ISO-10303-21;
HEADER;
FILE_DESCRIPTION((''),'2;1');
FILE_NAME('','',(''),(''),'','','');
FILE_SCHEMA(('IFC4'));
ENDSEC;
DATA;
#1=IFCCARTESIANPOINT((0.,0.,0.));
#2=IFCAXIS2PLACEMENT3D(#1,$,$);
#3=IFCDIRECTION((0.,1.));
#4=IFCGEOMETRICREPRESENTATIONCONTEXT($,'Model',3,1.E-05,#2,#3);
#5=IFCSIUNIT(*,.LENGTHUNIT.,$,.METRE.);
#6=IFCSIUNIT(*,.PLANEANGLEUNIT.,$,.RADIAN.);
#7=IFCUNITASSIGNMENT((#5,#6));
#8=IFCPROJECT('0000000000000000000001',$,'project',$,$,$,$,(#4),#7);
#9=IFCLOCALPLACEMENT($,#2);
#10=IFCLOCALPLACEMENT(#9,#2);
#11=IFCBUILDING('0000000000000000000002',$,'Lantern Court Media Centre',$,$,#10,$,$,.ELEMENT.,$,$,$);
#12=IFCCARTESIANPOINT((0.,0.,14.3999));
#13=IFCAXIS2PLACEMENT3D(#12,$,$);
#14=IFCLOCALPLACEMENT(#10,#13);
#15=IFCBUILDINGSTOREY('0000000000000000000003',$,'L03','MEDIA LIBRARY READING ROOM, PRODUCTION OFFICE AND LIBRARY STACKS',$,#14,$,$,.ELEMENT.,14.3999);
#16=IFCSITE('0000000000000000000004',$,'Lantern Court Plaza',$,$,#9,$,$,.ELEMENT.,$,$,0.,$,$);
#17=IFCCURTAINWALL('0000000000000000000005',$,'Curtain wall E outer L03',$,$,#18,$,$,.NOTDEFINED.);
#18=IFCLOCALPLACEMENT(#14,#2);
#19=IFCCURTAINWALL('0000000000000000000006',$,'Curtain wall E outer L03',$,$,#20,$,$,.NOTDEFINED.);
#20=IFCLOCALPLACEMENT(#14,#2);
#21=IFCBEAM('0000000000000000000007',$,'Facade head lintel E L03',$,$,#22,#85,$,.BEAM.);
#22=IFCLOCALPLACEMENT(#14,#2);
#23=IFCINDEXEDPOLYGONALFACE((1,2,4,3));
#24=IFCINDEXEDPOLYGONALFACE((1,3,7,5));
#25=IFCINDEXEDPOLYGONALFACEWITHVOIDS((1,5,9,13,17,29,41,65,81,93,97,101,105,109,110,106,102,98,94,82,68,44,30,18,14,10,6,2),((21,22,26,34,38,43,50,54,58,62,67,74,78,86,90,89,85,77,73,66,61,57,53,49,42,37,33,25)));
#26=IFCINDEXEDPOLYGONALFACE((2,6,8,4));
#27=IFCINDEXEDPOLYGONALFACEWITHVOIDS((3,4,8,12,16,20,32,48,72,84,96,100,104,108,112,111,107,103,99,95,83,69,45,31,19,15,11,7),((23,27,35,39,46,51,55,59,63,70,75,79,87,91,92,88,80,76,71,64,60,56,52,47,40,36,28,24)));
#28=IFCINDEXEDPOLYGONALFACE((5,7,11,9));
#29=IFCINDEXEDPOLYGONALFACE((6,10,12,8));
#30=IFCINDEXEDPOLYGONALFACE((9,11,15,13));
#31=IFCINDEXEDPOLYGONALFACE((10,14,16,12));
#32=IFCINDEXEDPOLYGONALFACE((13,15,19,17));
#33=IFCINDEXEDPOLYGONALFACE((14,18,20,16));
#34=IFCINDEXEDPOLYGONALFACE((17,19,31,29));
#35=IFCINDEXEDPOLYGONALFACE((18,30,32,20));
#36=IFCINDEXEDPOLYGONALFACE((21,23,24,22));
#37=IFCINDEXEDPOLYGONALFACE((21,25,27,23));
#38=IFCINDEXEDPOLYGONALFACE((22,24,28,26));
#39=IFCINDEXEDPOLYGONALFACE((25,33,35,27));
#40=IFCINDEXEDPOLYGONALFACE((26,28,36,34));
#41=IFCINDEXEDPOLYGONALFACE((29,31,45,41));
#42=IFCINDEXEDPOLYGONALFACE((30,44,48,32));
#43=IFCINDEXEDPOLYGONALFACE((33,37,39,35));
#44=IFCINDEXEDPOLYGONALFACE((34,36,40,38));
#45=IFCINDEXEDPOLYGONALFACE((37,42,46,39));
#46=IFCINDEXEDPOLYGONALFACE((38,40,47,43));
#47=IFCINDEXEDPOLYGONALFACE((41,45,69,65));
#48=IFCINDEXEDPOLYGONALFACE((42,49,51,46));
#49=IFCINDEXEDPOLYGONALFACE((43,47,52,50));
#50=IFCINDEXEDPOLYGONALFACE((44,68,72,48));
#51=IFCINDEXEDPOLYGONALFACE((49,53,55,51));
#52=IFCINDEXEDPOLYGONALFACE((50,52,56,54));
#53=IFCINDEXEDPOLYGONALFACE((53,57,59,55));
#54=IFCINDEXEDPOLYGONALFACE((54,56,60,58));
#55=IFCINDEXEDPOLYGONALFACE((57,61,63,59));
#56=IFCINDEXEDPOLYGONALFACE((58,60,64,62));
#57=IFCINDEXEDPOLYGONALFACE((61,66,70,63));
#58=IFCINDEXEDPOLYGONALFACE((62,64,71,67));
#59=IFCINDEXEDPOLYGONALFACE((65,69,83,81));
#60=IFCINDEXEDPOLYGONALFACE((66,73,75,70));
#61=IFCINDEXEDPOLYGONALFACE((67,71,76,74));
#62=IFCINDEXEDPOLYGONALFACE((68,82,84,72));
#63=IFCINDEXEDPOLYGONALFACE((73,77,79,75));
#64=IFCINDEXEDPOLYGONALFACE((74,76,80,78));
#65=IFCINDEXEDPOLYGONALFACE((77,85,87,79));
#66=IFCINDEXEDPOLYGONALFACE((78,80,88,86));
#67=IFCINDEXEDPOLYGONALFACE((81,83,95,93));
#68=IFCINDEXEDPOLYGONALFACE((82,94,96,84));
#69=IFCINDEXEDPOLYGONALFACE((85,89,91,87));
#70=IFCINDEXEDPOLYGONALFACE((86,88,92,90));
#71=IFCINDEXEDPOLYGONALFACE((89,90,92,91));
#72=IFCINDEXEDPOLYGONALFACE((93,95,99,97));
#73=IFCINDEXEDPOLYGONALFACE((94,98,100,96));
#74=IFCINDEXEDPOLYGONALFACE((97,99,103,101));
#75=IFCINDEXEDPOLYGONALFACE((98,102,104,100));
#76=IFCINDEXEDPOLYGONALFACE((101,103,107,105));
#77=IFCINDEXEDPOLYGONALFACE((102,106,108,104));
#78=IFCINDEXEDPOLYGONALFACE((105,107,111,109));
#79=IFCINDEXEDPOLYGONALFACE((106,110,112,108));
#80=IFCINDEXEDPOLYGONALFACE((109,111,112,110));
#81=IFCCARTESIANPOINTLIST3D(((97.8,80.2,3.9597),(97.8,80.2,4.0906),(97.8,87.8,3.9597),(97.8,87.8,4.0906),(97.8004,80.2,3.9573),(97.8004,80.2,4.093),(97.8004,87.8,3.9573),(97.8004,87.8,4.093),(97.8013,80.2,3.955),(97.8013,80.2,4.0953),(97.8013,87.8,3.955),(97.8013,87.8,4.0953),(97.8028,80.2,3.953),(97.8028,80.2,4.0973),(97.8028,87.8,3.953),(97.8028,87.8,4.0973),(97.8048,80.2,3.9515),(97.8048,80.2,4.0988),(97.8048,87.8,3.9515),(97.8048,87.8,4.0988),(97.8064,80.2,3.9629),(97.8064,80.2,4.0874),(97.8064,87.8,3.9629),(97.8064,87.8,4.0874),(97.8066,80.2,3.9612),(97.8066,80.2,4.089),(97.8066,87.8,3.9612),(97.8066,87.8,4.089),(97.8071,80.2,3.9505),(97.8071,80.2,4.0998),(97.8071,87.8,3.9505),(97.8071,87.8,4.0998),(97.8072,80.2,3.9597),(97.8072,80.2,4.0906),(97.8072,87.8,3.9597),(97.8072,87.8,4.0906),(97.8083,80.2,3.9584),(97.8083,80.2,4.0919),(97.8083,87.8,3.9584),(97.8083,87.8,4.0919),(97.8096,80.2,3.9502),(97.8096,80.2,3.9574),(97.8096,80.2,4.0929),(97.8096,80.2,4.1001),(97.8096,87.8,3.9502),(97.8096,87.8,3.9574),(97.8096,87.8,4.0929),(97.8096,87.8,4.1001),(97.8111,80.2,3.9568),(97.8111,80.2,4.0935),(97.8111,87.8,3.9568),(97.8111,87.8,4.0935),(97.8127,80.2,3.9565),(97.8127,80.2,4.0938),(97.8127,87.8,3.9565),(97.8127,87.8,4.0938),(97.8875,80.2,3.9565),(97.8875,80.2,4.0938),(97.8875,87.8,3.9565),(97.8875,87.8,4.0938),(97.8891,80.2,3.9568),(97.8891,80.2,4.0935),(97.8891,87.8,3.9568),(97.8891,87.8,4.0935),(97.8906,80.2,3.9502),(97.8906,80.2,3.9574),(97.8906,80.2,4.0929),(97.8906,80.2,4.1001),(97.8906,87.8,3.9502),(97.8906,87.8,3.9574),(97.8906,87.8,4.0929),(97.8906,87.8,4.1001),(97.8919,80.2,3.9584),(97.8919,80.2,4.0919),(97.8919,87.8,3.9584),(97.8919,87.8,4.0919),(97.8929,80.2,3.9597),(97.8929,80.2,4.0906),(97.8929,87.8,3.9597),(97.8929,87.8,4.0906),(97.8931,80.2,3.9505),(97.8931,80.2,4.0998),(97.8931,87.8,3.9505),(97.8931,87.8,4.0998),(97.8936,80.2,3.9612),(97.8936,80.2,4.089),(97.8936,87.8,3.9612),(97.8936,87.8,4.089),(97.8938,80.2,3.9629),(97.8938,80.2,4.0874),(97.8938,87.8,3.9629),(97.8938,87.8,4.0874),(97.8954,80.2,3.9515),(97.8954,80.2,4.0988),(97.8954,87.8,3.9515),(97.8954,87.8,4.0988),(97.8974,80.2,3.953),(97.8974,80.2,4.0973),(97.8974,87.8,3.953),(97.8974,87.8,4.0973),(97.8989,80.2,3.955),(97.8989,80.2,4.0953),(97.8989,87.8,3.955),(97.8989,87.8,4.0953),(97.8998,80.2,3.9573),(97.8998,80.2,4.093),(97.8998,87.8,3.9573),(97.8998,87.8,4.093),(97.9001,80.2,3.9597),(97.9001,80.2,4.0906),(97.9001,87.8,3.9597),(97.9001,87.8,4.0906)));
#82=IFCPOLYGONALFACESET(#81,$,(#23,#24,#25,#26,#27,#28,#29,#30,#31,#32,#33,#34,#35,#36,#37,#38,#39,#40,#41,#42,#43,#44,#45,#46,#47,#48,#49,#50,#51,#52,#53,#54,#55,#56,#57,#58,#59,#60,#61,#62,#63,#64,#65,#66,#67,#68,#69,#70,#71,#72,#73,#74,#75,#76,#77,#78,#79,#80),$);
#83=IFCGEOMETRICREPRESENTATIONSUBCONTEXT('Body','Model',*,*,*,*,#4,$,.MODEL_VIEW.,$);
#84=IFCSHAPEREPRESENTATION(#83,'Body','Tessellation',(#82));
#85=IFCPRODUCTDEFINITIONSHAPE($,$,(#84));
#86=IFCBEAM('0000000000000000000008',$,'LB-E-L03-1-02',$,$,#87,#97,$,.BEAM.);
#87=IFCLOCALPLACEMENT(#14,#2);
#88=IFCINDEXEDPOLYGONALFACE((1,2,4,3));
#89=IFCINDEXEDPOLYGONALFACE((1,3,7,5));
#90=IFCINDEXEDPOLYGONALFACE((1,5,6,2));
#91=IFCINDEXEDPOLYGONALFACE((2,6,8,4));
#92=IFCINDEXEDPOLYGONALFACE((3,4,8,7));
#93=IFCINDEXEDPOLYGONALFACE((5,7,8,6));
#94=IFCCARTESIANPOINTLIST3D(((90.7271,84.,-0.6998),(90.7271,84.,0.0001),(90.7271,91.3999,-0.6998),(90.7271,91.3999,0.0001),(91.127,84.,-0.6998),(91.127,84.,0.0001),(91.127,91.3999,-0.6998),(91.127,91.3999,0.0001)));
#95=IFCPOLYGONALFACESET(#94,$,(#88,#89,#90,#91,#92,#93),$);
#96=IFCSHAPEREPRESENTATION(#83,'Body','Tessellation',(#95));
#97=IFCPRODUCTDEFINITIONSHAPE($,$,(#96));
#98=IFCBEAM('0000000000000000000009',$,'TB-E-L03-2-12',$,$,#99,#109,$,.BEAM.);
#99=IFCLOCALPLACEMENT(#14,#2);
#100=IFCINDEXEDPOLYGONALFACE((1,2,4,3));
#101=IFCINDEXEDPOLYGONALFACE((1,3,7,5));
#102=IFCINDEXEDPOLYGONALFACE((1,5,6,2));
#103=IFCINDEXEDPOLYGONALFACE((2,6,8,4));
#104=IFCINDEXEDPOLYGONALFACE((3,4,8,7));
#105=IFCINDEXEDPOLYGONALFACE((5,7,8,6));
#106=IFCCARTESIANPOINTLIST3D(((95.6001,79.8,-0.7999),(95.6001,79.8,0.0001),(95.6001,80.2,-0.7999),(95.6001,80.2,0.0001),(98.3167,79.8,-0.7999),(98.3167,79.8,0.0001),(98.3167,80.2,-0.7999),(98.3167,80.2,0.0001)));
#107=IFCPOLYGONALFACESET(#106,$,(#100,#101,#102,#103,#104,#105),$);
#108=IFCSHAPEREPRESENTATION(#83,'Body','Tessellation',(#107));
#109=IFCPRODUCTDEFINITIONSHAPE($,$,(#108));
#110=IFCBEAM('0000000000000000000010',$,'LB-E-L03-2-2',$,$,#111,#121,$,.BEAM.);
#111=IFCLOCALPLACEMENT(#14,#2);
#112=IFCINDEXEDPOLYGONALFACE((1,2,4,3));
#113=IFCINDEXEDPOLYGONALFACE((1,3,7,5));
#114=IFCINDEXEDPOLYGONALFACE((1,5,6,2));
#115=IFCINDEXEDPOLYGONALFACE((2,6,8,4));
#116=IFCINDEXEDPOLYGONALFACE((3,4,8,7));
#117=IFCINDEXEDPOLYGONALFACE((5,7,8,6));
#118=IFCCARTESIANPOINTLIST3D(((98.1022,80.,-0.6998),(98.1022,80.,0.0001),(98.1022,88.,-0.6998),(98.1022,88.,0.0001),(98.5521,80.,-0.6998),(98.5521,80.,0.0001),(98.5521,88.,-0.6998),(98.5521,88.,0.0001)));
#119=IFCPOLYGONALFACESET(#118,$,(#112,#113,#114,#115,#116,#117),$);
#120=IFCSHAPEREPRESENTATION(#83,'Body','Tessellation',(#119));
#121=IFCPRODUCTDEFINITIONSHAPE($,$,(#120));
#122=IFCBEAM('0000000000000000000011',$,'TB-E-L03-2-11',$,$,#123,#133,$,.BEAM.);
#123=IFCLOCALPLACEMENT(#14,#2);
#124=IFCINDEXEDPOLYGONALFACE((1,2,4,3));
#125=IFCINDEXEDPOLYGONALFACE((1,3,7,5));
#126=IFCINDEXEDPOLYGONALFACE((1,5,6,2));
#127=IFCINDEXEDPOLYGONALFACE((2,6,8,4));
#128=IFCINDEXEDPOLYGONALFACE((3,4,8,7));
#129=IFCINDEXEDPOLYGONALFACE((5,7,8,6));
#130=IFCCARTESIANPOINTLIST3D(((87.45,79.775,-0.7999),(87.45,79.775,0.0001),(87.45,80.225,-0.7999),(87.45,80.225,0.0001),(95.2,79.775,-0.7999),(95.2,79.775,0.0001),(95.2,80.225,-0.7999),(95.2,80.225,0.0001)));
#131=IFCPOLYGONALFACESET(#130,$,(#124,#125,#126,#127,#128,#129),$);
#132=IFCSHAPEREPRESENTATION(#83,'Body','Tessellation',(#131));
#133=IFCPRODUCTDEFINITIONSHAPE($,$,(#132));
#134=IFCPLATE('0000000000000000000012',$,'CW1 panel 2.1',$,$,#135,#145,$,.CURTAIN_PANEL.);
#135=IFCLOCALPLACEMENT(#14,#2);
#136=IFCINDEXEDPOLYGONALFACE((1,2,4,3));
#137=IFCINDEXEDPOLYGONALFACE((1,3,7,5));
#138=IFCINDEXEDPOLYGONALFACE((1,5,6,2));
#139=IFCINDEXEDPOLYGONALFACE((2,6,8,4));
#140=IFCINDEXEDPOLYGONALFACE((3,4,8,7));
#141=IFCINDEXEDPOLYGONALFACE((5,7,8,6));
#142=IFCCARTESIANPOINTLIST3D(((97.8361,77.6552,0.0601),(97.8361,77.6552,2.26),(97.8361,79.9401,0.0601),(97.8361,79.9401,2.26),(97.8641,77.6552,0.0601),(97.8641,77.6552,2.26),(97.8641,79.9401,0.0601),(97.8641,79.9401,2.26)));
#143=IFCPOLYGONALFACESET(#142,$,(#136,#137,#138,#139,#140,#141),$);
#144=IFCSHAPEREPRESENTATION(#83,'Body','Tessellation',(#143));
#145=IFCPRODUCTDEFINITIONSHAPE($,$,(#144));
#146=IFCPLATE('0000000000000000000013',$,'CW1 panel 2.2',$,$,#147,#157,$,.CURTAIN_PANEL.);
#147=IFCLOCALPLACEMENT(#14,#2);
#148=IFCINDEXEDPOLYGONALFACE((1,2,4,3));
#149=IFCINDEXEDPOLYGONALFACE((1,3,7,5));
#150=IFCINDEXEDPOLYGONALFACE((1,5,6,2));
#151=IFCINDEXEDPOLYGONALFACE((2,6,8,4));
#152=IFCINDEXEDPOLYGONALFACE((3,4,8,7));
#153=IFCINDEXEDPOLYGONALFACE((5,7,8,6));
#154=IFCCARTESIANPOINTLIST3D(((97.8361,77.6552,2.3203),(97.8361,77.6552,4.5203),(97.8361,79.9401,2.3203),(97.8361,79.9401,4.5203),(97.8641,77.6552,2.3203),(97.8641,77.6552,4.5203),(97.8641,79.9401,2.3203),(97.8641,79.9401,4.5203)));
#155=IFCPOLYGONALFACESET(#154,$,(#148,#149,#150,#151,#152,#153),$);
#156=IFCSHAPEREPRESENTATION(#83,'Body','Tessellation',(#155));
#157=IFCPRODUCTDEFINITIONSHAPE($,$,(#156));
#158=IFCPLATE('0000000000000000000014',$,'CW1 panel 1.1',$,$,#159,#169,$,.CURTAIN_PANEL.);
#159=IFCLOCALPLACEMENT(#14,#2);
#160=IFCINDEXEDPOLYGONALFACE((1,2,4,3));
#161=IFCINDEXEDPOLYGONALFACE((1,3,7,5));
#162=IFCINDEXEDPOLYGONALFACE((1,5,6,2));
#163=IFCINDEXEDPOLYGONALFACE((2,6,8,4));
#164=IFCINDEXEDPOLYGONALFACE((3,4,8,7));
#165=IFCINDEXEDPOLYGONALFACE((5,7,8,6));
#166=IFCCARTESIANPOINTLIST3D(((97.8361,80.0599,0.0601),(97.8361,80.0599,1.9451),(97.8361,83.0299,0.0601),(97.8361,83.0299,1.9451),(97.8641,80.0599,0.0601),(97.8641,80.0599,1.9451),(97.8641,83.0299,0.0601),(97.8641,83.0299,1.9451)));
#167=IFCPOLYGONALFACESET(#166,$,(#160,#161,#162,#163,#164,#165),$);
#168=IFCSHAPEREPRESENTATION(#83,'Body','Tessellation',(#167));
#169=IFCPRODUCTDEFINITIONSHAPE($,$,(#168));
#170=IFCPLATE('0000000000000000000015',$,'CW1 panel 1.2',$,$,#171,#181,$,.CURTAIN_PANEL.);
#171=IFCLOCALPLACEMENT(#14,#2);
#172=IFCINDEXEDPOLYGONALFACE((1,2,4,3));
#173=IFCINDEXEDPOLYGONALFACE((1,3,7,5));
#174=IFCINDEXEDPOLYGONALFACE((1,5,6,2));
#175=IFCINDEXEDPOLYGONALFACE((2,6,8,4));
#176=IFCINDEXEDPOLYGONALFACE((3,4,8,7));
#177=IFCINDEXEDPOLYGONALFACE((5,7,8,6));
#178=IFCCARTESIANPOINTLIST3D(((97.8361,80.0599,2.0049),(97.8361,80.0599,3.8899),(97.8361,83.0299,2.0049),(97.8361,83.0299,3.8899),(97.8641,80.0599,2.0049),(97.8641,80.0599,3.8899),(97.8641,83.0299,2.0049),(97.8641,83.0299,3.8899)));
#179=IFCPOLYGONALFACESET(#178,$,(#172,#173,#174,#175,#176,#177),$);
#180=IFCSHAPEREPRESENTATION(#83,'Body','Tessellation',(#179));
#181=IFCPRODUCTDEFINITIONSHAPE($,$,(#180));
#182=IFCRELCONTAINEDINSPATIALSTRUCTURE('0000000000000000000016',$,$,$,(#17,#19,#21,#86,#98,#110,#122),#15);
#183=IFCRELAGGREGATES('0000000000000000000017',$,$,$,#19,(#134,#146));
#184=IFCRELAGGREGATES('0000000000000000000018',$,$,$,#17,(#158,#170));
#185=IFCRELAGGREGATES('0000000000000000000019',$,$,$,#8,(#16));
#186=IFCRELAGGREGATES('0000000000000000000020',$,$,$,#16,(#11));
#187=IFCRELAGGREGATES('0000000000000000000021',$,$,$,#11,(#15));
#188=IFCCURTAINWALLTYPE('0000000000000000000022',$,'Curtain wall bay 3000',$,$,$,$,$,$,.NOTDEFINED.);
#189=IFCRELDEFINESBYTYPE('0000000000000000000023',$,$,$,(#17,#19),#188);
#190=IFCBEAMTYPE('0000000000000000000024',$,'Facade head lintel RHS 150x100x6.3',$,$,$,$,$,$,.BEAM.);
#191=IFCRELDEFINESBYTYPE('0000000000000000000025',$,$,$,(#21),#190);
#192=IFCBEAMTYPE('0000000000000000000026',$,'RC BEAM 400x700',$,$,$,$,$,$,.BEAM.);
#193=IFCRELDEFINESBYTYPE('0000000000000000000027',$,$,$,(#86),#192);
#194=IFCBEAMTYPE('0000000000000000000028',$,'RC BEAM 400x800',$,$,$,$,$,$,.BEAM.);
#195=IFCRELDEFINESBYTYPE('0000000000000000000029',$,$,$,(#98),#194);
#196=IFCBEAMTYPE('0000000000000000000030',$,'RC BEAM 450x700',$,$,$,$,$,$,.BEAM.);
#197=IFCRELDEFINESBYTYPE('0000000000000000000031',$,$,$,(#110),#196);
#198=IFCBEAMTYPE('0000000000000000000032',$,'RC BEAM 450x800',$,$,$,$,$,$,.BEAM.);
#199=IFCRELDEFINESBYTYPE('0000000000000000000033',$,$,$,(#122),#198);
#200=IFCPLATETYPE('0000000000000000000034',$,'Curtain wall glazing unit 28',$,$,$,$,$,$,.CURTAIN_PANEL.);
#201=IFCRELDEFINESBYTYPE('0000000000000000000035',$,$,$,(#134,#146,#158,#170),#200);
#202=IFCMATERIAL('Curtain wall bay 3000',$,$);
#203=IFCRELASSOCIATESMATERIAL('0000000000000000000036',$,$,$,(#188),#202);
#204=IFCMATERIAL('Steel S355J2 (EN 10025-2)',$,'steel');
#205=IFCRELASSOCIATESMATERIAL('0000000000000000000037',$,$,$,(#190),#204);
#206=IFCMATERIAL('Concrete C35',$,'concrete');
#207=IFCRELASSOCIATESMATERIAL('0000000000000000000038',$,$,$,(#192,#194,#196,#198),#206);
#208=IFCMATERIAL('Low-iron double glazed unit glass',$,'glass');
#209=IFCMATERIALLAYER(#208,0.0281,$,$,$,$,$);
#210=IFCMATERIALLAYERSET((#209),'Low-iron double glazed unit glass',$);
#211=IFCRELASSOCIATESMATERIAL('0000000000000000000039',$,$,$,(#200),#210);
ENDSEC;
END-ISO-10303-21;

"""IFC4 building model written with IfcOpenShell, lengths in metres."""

from ifc_helpers import new_model, si_unit, direction, frame, origin, origin_2d, place, context, subcontext, project, spatial, rectangle, hollow_rectangle, extrude, material, layer, layer_set, material_profile, profile_set, type_object, element, aggregate, save


model = new_model("IFC4")

# Units and contexts
model_context = context("Model", 3, precision=1e-05, world=origin(), true_north=direction((0.0, 1.0)))
body_context = subcontext(model_context, "Body", "Model", "MODEL_VIEW")
ifc_project = project(units=[si_unit("LENGTHUNIT", "METRE"), si_unit("PLANEANGLEUNIT", "RADIAN")], contexts=[model_context])

# Site, building, storey
site_placement = place(None, origin())
site = spatial("IfcSite", under=ifc_project, at=site_placement, Name="Lantern Court Plaza", CompositionType="ELEMENT", RefElevation=0.0)
building_placement = place(site_placement, origin())
building = spatial("IfcBuilding", under=site, at=building_placement, Name="Lantern Court Media Centre", CompositionType="ELEMENT")
storey_placement = place(building_placement, frame((0.0, 0.0, 14.3999)))
storey = spatial("IfcBuildingStorey", under=building, at=storey_placement, Name="L03", Description="MEDIA LIBRARY READING ROOM, PRODUCTION OFFICE AND LIBRARY STACKS", CompositionType="ELEMENT", Elevation=14.3999)

# Shared definitions
ifc_material_1 = material(Name="Concrete C35", Category="concrete")

# Curtain walls
ifc_material_2 = material(Name="Curtain wall bay 3000")
curtain_wall_type = type_object("IfcCurtainWallType", Name="Curtain wall bay 3000", PredefinedType="NOTDEFINED", material=ifc_material_2)
curtain_wall_1_placement = place(storey_placement, origin())
curtain_wall_1 = element("IfcCurtainWall", 1, at=curtain_wall_1_placement, inside=storey, type_object=curtain_wall_type, Name="Curtain wall E outer L03", PredefinedType="NOTDEFINED")
curtain_wall_2_placement = place(storey_placement, origin())
curtain_wall_2 = element("IfcCurtainWall", 2, at=curtain_wall_2_placement, inside=storey, type_object=curtain_wall_type, Name="Curtain wall E outer L03", PredefinedType="NOTDEFINED")

# Beams
ifc_material_3 = material(Name="Steel S355J2 (EN 10025-2)", Category="steel")
ifc_material_profile_1 = material_profile(ifc_material_3, hollow_rectangle(XDim=0.1001, YDim=0.1499, WallThickness=0.0063, InnerFilletRadius=0.0063, OuterFilletRadius=0.0095, at=origin_2d()), Name="Facade head lintel RHS 150x100x6.3")
ifc_profile_set_1 = profile_set([ifc_material_profile_1], Name="Steel S355J2 (EN 10025-2)")
beam_type_1 = type_object("IfcBeamType", Name="Facade head lintel RHS 150x100x6.3", PredefinedType="BEAM", material=ifc_profile_set_1)
beam_1_placement = place(storey_placement, frame((97.8501, 80.2, 4.0251), z_axis=(0.0, 1.0, 0.0), x_axis=(-1.0, 0.0, 0.0)))
element("IfcBeam", 3, at=beam_1_placement, inside=storey, type_object=beam_type_1, Name="Facade head lintel E L03", PredefinedType="BEAM", context=body_context, shape_type="SweptSolid", body=[
    extrude(hollow_rectangle(XDim=0.1001, YDim=0.1499, WallThickness=0.0063, InnerFilletRadius=0.0063, OuterFilletRadius=0.0095, at=origin_2d()), origin(), (0.0, 0.0, 1.0), 7.6001),
])
ifc_material_profile_2 = material_profile(ifc_material_1, rectangle(XDim=0.3999, YDim=0.7, at=origin_2d()), Name="RC 400x700")
ifc_profile_set_2 = profile_set([ifc_material_profile_2], Name="Concrete C35")
beam_type_2 = type_object("IfcBeamType", Name="RC BEAM 400x700", PredefinedType="BEAM", material=ifc_profile_set_2)
beam_2_placement = place(storey_placement, frame((90.927, 84.0, -0.3499), z_axis=(0.0, 1.0, 0.0), x_axis=(-1.0, 0.0, 0.0)))
element("IfcBeam", 4, at=beam_2_placement, inside=storey, type_object=beam_type_2, Name="LB-E-L03-1-02", PredefinedType="BEAM", context=body_context, shape_type="SweptSolid", body=[
    extrude(rectangle(XDim=0.3999, YDim=0.7, at=origin_2d()), origin(), (0.0, 0.0, 1.0), 7.3999),
])
ifc_material_profile_3 = material_profile(ifc_material_1, rectangle(XDim=0.3999, YDim=0.8, at=origin_2d()), Name="RC 400x800")
ifc_profile_set_3 = profile_set([ifc_material_profile_3], Name="Concrete C35")
beam_type_3 = type_object("IfcBeamType", Name="RC BEAM 400x800", PredefinedType="BEAM", material=ifc_profile_set_3)
beam_3_placement = place(storey_placement, frame((95.6001, 80.0, -0.3999), z_axis=(1.0, 0.0, 0.0), x_axis=(0.0, 1.0, 0.0)))
element("IfcBeam", 5, at=beam_3_placement, inside=storey, type_object=beam_type_3, Name="TB-E-L03-2-12", PredefinedType="BEAM", context=body_context, shape_type="SweptSolid", body=[
    extrude(rectangle(XDim=0.3999, YDim=0.8, at=origin_2d()), origin(), (0.0, 0.0, 1.0), 2.7166),
])
ifc_material_profile_4 = material_profile(ifc_material_1, rectangle(XDim=0.45, YDim=0.7, at=origin_2d()), Name="RC 450x700")
ifc_profile_set_4 = profile_set([ifc_material_profile_4], Name="Concrete C35")
beam_type_4 = type_object("IfcBeamType", Name="RC BEAM 450x700", PredefinedType="BEAM", material=ifc_profile_set_4)
beam_4_placement = place(storey_placement, frame((98.3271, 80.0, -0.3499), z_axis=(0.0, 1.0, 0.0), x_axis=(-1.0, 0.0, 0.0)))
element("IfcBeam", 6, at=beam_4_placement, inside=storey, type_object=beam_type_4, Name="LB-E-L03-2-2", PredefinedType="BEAM", context=body_context, shape_type="SweptSolid", body=[
    extrude(rectangle(XDim=0.45, YDim=0.7, at=origin_2d()), origin(), (0.0, 0.0, 1.0), 8.0),
])
ifc_material_profile_5 = material_profile(ifc_material_1, rectangle(XDim=0.45, YDim=0.8, at=origin_2d()), Name="RC 450x800")
ifc_profile_set_5 = profile_set([ifc_material_profile_5], Name="Concrete C35")
beam_type_5 = type_object("IfcBeamType", Name="RC BEAM 450x800", PredefinedType="BEAM", material=ifc_profile_set_5)
beam_5_placement = place(storey_placement, frame((87.45, 80.0, -0.3999), z_axis=(1.0, 0.0, 0.0), x_axis=(0.0, 1.0, 0.0)))
element("IfcBeam", 7, at=beam_5_placement, inside=storey, type_object=beam_type_5, Name="TB-E-L03-2-11", PredefinedType="BEAM", context=body_context, shape_type="SweptSolid", body=[
    extrude(rectangle(XDim=0.45, YDim=0.8, at=origin_2d()), origin(), (0.0, 0.0, 1.0), 7.75),
])

# Plates
ifc_material_4 = material(Name="Low-iron double glazed unit glass", Category="glass")
ifc_layer_1 = layer(ifc_material_4, 0.0281)
ifc_layer_set_1 = layer_set([ifc_layer_1], Name="Low-iron double glazed unit glass")
plate_type = type_object("IfcPlateType", Name="Curtain wall glazing unit 28", PredefinedType="CURTAIN_PANEL", material=ifc_layer_set_1)
plate_1_placement = place(storey_placement, frame((97.8501, 78.7976, 0.0601), z_axis=(0.0, 0.0, 1.0), x_axis=(0.0, 1.0, 0.0)))
plate_1 = element("IfcPlate", 8, at=plate_1_placement, type_object=plate_type, Name="CW1 panel 2.1", PredefinedType="CURTAIN_PANEL", context=body_context, shape_type="SweptSolid", body=[
    extrude(rectangle(XDim=2.2849, YDim=0.0281, at=origin_2d()), origin(), (0.0, 0.0, 1.0), 2.2),
])
plate_2_placement = place(storey_placement, frame((97.8501, 78.7976, 2.3203), z_axis=(0.0, 0.0, 1.0), x_axis=(0.0, 1.0, 0.0)))
plate_2 = element("IfcPlate", 9, at=plate_2_placement, type_object=plate_type, Name="CW1 panel 2.2", PredefinedType="CURTAIN_PANEL", context=body_context, shape_type="SweptSolid", body=[
    extrude(rectangle(XDim=2.2849, YDim=0.0281, at=origin_2d()), origin(), (0.0, 0.0, 1.0), 2.2),
])
aggregate(curtain_wall_2, [plate_1, plate_2])
plate_3_placement = place(storey_placement, frame((97.8501, 81.5449, 0.0601), z_axis=(0.0, 0.0, 1.0), x_axis=(0.0, 1.0, 0.0)))
plate_3 = element("IfcPlate", 10, at=plate_3_placement, type_object=plate_type, Name="CW1 panel 1.1", PredefinedType="CURTAIN_PANEL", context=body_context, shape_type="SweptSolid", body=[
    extrude(rectangle(XDim=2.97, YDim=0.0281, at=origin_2d()), origin(), (0.0, 0.0, 1.0), 1.885),
])
plate_4_placement = place(storey_placement, frame((97.8501, 81.5449, 2.0049), z_axis=(0.0, 0.0, 1.0), x_axis=(0.0, 1.0, 0.0)))
plate_4 = element("IfcPlate", 11, at=plate_4_placement, type_object=plate_type, Name="CW1 panel 1.2", PredefinedType="CURTAIN_PANEL", context=body_context, shape_type="SweptSolid", body=[
    extrude(rectangle(XDim=2.97, YDim=0.0281, at=origin_2d()), origin(), (0.0, 0.0, 1.0), 1.885),
])
aggregate(curtain_wall_1, [plate_3, plate_4])

save(model, "model.ifc")
